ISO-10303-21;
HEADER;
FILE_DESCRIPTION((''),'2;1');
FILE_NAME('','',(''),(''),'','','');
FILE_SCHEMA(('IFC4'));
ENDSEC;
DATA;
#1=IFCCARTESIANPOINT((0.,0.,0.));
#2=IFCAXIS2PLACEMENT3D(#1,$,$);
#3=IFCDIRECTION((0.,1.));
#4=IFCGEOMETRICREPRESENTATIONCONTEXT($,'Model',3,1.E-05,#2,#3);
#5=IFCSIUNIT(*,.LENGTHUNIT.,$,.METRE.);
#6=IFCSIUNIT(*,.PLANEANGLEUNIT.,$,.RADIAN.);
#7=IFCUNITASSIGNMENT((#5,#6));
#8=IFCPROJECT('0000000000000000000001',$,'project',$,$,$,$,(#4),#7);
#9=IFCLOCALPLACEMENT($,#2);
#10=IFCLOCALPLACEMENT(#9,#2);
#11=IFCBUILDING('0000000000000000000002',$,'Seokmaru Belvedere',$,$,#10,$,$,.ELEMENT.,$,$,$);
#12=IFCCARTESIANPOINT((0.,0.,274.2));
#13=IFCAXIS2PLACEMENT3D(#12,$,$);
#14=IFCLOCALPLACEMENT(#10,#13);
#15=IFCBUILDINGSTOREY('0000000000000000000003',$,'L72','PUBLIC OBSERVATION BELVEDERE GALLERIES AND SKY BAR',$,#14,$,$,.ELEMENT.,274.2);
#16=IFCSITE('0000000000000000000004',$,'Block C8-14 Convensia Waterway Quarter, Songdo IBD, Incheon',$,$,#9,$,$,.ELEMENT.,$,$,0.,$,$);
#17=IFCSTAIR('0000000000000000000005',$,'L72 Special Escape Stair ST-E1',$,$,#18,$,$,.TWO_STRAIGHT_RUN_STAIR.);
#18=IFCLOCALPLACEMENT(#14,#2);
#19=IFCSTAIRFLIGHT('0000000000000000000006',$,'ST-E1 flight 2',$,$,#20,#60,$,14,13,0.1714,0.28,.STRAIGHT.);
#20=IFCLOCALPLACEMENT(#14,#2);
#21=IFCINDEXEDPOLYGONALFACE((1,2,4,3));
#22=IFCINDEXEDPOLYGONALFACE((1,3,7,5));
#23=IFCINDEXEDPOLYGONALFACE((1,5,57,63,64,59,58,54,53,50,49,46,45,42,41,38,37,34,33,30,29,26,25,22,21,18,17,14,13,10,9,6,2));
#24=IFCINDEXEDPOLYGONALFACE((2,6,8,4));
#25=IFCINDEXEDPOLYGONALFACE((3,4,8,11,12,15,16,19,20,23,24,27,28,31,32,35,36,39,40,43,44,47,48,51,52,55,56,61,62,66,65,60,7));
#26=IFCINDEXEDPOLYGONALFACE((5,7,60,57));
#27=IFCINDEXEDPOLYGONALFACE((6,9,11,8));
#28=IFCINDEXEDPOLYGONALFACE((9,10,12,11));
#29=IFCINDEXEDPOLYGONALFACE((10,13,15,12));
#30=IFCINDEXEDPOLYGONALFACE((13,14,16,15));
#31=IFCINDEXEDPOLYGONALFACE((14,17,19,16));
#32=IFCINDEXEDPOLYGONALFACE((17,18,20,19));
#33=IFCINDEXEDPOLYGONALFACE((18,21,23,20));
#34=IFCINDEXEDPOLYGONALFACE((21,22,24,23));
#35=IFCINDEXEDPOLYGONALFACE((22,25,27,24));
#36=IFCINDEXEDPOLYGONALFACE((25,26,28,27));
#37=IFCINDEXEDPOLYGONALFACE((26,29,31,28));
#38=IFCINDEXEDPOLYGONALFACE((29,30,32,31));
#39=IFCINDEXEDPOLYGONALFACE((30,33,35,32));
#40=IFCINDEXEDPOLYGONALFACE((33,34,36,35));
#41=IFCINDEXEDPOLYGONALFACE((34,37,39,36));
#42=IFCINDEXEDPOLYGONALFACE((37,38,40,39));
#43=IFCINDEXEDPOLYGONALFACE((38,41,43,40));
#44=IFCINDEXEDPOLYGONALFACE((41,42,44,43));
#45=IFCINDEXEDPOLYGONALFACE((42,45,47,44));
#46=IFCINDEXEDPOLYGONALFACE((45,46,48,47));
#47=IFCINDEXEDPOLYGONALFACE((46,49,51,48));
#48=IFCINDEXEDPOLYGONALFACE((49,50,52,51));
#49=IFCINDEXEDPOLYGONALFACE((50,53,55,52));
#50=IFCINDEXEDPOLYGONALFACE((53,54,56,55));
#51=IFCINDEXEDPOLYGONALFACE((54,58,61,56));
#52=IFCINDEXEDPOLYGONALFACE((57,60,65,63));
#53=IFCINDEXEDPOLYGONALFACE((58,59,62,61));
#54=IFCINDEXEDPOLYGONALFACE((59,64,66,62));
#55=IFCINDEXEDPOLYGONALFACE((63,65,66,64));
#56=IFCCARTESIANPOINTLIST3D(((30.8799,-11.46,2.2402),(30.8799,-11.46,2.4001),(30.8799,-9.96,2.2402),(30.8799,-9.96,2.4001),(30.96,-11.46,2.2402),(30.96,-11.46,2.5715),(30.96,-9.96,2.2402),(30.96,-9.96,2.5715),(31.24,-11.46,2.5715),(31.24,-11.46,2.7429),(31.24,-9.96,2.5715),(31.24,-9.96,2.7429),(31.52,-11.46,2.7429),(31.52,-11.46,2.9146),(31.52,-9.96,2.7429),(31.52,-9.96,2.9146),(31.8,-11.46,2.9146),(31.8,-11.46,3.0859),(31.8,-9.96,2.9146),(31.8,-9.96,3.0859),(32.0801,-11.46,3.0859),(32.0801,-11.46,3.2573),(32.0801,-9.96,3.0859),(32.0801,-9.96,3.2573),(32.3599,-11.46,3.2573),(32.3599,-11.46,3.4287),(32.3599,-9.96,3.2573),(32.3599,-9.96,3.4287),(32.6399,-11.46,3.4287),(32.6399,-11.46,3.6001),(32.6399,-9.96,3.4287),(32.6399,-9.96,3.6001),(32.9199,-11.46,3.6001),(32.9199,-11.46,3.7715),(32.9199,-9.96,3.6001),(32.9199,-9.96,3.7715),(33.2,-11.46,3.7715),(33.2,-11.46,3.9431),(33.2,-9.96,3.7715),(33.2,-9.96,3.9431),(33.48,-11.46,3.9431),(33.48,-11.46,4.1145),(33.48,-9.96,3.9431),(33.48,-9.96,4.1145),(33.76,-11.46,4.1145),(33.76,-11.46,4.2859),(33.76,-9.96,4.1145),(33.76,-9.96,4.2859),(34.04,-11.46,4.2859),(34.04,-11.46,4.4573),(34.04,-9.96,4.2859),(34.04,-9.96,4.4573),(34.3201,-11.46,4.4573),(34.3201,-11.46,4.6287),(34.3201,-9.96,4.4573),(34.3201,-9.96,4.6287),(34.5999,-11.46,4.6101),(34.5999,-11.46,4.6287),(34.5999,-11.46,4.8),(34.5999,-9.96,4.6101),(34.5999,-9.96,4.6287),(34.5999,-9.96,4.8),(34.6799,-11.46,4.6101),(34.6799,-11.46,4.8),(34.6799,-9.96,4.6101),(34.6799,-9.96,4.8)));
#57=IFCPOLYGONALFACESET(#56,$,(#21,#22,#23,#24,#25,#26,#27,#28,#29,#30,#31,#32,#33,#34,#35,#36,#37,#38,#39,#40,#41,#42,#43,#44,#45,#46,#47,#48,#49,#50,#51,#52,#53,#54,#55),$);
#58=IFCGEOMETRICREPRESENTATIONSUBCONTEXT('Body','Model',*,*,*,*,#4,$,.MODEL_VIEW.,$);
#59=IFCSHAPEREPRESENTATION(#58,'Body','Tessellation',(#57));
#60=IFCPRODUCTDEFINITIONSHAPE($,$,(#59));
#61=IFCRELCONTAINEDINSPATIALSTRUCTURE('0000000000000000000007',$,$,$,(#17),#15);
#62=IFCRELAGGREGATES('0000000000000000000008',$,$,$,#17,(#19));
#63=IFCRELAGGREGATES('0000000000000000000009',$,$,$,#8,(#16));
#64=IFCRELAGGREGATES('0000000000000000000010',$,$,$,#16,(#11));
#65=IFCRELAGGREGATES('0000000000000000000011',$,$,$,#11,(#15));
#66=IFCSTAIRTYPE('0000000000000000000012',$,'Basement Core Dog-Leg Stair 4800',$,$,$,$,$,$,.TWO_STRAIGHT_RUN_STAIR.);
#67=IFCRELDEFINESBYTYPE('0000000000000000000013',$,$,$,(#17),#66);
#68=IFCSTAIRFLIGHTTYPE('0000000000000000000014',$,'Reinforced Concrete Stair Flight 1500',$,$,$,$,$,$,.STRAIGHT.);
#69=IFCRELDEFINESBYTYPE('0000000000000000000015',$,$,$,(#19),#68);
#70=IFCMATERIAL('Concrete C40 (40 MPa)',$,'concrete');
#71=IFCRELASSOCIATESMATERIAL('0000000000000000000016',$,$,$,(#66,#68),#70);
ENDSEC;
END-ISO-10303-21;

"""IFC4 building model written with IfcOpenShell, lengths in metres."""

from ifc_helpers import new_model, si_unit, direction, frame, origin, place, context, subcontext, project, spatial, polyline, outline, extrude, material, type_object, element, aggregate, save


model = new_model("IFC4")

# Units and contexts
model_context = context("Model", 3, precision=1e-05, world=origin(), true_north=direction((0.0, 1.0)))
body_context = subcontext(model_context, "Body", "Model", "MODEL_VIEW")
ifc_project = project(units=[si_unit("LENGTHUNIT", "METRE"), si_unit("PLANEANGLEUNIT", "RADIAN")], contexts=[model_context])

# Site, building, storey
site_placement = place(None, origin())
site = spatial("IfcSite", under=ifc_project, at=site_placement, Name="Block C8-14 Convensia Waterway Quarter, Songdo IBD, Incheon", CompositionType="ELEMENT", RefElevation=0.0)
building_placement = place(site_placement, origin())
building = spatial("IfcBuilding", under=site, at=building_placement, Name="Seokmaru Belvedere", CompositionType="ELEMENT")
storey_placement = place(building_placement, frame((0.0, 0.0, 274.2)))
storey = spatial("IfcBuildingStorey", under=building, at=storey_placement, Name="L72", Description="PUBLIC OBSERVATION BELVEDERE GALLERIES AND SKY BAR", CompositionType="ELEMENT", Elevation=274.2)

# Stair, stair flight
ifc_material_1 = material(Name="Concrete C40 (40 MPa)", Category="concrete")
stair_type = type_object("IfcStairType", Name="Basement Core Dog-Leg Stair 4800", PredefinedType="TWO_STRAIGHT_RUN_STAIR", material=ifc_material_1)
stair_placement = place(storey_placement, origin())
stair = element("IfcStair", 1, at=stair_placement, inside=storey, type_object=stair_type, Name="L72 Special Escape Stair ST-E1", PredefinedType="TWO_STRAIGHT_RUN_STAIR")
stair_flight_type = type_object("IfcStairFlightType", Name="Reinforced Concrete Stair Flight 1500", PredefinedType="STRAIGHT", material=ifc_material_1)
stair_flight_placement = place(storey_placement, frame((30.96, -10.71, 2.4001), z_axis=(0.0, 0.0, 1.0), x_axis=(1.0, 0.0, 0.0)))
stair_flight = element("IfcStairFlight", 2, at=stair_flight_placement, type_object=stair_flight_type, Name="ST-E1 flight 2", NumberOfRisers=14, NumberOfTreads=13, PredefinedType="STRAIGHT", RiserHeight=0.1714, TreadLength=0.28, context=body_context, shape_type="SweptSolid", body=[
    extrude(outline(polyline([(-0.0801, 0.0), (0.0, 0.1714), (0.28, 0.1714), (0.28, 0.3428), (0.5601, 0.3428), (0.5601, 0.5144), (0.8401, 0.5144), (0.8401, 0.6858), (1.1201, 0.6858), (1.1201, 0.8572), (1.3999, 0.8572), (1.3999, 1.0286), (1.6799, 1.0286), (1.6799, 1.2), (1.96, 1.2), (1.96, 1.3713), (2.24, 1.3713), (2.24, 1.543), (2.52, 1.543), (2.52, 1.7144), (2.8, 1.7144), (2.8, 1.8857), (3.0801, 1.8857), (3.0801, 2.0571), (3.3601, 2.0571), (3.3601, 2.2285), (3.6399, 2.2285), (3.6399, 2.3999), (3.72, 2.3999), (3.72, 2.21), (3.6399, 2.21), (0.0, -0.1599), (-0.0801, -0.1599), (-0.0801, 0.0)])), frame((0.0, 0.75, 0.0), z_axis=(0.0, -1.0, 0.0), x_axis=(1.0, 0.0, 0.0)), (0.0, 0.0, 1.0), 1.5),
])
aggregate(stair, [stair_flight])

save(model, "model.ifc")
